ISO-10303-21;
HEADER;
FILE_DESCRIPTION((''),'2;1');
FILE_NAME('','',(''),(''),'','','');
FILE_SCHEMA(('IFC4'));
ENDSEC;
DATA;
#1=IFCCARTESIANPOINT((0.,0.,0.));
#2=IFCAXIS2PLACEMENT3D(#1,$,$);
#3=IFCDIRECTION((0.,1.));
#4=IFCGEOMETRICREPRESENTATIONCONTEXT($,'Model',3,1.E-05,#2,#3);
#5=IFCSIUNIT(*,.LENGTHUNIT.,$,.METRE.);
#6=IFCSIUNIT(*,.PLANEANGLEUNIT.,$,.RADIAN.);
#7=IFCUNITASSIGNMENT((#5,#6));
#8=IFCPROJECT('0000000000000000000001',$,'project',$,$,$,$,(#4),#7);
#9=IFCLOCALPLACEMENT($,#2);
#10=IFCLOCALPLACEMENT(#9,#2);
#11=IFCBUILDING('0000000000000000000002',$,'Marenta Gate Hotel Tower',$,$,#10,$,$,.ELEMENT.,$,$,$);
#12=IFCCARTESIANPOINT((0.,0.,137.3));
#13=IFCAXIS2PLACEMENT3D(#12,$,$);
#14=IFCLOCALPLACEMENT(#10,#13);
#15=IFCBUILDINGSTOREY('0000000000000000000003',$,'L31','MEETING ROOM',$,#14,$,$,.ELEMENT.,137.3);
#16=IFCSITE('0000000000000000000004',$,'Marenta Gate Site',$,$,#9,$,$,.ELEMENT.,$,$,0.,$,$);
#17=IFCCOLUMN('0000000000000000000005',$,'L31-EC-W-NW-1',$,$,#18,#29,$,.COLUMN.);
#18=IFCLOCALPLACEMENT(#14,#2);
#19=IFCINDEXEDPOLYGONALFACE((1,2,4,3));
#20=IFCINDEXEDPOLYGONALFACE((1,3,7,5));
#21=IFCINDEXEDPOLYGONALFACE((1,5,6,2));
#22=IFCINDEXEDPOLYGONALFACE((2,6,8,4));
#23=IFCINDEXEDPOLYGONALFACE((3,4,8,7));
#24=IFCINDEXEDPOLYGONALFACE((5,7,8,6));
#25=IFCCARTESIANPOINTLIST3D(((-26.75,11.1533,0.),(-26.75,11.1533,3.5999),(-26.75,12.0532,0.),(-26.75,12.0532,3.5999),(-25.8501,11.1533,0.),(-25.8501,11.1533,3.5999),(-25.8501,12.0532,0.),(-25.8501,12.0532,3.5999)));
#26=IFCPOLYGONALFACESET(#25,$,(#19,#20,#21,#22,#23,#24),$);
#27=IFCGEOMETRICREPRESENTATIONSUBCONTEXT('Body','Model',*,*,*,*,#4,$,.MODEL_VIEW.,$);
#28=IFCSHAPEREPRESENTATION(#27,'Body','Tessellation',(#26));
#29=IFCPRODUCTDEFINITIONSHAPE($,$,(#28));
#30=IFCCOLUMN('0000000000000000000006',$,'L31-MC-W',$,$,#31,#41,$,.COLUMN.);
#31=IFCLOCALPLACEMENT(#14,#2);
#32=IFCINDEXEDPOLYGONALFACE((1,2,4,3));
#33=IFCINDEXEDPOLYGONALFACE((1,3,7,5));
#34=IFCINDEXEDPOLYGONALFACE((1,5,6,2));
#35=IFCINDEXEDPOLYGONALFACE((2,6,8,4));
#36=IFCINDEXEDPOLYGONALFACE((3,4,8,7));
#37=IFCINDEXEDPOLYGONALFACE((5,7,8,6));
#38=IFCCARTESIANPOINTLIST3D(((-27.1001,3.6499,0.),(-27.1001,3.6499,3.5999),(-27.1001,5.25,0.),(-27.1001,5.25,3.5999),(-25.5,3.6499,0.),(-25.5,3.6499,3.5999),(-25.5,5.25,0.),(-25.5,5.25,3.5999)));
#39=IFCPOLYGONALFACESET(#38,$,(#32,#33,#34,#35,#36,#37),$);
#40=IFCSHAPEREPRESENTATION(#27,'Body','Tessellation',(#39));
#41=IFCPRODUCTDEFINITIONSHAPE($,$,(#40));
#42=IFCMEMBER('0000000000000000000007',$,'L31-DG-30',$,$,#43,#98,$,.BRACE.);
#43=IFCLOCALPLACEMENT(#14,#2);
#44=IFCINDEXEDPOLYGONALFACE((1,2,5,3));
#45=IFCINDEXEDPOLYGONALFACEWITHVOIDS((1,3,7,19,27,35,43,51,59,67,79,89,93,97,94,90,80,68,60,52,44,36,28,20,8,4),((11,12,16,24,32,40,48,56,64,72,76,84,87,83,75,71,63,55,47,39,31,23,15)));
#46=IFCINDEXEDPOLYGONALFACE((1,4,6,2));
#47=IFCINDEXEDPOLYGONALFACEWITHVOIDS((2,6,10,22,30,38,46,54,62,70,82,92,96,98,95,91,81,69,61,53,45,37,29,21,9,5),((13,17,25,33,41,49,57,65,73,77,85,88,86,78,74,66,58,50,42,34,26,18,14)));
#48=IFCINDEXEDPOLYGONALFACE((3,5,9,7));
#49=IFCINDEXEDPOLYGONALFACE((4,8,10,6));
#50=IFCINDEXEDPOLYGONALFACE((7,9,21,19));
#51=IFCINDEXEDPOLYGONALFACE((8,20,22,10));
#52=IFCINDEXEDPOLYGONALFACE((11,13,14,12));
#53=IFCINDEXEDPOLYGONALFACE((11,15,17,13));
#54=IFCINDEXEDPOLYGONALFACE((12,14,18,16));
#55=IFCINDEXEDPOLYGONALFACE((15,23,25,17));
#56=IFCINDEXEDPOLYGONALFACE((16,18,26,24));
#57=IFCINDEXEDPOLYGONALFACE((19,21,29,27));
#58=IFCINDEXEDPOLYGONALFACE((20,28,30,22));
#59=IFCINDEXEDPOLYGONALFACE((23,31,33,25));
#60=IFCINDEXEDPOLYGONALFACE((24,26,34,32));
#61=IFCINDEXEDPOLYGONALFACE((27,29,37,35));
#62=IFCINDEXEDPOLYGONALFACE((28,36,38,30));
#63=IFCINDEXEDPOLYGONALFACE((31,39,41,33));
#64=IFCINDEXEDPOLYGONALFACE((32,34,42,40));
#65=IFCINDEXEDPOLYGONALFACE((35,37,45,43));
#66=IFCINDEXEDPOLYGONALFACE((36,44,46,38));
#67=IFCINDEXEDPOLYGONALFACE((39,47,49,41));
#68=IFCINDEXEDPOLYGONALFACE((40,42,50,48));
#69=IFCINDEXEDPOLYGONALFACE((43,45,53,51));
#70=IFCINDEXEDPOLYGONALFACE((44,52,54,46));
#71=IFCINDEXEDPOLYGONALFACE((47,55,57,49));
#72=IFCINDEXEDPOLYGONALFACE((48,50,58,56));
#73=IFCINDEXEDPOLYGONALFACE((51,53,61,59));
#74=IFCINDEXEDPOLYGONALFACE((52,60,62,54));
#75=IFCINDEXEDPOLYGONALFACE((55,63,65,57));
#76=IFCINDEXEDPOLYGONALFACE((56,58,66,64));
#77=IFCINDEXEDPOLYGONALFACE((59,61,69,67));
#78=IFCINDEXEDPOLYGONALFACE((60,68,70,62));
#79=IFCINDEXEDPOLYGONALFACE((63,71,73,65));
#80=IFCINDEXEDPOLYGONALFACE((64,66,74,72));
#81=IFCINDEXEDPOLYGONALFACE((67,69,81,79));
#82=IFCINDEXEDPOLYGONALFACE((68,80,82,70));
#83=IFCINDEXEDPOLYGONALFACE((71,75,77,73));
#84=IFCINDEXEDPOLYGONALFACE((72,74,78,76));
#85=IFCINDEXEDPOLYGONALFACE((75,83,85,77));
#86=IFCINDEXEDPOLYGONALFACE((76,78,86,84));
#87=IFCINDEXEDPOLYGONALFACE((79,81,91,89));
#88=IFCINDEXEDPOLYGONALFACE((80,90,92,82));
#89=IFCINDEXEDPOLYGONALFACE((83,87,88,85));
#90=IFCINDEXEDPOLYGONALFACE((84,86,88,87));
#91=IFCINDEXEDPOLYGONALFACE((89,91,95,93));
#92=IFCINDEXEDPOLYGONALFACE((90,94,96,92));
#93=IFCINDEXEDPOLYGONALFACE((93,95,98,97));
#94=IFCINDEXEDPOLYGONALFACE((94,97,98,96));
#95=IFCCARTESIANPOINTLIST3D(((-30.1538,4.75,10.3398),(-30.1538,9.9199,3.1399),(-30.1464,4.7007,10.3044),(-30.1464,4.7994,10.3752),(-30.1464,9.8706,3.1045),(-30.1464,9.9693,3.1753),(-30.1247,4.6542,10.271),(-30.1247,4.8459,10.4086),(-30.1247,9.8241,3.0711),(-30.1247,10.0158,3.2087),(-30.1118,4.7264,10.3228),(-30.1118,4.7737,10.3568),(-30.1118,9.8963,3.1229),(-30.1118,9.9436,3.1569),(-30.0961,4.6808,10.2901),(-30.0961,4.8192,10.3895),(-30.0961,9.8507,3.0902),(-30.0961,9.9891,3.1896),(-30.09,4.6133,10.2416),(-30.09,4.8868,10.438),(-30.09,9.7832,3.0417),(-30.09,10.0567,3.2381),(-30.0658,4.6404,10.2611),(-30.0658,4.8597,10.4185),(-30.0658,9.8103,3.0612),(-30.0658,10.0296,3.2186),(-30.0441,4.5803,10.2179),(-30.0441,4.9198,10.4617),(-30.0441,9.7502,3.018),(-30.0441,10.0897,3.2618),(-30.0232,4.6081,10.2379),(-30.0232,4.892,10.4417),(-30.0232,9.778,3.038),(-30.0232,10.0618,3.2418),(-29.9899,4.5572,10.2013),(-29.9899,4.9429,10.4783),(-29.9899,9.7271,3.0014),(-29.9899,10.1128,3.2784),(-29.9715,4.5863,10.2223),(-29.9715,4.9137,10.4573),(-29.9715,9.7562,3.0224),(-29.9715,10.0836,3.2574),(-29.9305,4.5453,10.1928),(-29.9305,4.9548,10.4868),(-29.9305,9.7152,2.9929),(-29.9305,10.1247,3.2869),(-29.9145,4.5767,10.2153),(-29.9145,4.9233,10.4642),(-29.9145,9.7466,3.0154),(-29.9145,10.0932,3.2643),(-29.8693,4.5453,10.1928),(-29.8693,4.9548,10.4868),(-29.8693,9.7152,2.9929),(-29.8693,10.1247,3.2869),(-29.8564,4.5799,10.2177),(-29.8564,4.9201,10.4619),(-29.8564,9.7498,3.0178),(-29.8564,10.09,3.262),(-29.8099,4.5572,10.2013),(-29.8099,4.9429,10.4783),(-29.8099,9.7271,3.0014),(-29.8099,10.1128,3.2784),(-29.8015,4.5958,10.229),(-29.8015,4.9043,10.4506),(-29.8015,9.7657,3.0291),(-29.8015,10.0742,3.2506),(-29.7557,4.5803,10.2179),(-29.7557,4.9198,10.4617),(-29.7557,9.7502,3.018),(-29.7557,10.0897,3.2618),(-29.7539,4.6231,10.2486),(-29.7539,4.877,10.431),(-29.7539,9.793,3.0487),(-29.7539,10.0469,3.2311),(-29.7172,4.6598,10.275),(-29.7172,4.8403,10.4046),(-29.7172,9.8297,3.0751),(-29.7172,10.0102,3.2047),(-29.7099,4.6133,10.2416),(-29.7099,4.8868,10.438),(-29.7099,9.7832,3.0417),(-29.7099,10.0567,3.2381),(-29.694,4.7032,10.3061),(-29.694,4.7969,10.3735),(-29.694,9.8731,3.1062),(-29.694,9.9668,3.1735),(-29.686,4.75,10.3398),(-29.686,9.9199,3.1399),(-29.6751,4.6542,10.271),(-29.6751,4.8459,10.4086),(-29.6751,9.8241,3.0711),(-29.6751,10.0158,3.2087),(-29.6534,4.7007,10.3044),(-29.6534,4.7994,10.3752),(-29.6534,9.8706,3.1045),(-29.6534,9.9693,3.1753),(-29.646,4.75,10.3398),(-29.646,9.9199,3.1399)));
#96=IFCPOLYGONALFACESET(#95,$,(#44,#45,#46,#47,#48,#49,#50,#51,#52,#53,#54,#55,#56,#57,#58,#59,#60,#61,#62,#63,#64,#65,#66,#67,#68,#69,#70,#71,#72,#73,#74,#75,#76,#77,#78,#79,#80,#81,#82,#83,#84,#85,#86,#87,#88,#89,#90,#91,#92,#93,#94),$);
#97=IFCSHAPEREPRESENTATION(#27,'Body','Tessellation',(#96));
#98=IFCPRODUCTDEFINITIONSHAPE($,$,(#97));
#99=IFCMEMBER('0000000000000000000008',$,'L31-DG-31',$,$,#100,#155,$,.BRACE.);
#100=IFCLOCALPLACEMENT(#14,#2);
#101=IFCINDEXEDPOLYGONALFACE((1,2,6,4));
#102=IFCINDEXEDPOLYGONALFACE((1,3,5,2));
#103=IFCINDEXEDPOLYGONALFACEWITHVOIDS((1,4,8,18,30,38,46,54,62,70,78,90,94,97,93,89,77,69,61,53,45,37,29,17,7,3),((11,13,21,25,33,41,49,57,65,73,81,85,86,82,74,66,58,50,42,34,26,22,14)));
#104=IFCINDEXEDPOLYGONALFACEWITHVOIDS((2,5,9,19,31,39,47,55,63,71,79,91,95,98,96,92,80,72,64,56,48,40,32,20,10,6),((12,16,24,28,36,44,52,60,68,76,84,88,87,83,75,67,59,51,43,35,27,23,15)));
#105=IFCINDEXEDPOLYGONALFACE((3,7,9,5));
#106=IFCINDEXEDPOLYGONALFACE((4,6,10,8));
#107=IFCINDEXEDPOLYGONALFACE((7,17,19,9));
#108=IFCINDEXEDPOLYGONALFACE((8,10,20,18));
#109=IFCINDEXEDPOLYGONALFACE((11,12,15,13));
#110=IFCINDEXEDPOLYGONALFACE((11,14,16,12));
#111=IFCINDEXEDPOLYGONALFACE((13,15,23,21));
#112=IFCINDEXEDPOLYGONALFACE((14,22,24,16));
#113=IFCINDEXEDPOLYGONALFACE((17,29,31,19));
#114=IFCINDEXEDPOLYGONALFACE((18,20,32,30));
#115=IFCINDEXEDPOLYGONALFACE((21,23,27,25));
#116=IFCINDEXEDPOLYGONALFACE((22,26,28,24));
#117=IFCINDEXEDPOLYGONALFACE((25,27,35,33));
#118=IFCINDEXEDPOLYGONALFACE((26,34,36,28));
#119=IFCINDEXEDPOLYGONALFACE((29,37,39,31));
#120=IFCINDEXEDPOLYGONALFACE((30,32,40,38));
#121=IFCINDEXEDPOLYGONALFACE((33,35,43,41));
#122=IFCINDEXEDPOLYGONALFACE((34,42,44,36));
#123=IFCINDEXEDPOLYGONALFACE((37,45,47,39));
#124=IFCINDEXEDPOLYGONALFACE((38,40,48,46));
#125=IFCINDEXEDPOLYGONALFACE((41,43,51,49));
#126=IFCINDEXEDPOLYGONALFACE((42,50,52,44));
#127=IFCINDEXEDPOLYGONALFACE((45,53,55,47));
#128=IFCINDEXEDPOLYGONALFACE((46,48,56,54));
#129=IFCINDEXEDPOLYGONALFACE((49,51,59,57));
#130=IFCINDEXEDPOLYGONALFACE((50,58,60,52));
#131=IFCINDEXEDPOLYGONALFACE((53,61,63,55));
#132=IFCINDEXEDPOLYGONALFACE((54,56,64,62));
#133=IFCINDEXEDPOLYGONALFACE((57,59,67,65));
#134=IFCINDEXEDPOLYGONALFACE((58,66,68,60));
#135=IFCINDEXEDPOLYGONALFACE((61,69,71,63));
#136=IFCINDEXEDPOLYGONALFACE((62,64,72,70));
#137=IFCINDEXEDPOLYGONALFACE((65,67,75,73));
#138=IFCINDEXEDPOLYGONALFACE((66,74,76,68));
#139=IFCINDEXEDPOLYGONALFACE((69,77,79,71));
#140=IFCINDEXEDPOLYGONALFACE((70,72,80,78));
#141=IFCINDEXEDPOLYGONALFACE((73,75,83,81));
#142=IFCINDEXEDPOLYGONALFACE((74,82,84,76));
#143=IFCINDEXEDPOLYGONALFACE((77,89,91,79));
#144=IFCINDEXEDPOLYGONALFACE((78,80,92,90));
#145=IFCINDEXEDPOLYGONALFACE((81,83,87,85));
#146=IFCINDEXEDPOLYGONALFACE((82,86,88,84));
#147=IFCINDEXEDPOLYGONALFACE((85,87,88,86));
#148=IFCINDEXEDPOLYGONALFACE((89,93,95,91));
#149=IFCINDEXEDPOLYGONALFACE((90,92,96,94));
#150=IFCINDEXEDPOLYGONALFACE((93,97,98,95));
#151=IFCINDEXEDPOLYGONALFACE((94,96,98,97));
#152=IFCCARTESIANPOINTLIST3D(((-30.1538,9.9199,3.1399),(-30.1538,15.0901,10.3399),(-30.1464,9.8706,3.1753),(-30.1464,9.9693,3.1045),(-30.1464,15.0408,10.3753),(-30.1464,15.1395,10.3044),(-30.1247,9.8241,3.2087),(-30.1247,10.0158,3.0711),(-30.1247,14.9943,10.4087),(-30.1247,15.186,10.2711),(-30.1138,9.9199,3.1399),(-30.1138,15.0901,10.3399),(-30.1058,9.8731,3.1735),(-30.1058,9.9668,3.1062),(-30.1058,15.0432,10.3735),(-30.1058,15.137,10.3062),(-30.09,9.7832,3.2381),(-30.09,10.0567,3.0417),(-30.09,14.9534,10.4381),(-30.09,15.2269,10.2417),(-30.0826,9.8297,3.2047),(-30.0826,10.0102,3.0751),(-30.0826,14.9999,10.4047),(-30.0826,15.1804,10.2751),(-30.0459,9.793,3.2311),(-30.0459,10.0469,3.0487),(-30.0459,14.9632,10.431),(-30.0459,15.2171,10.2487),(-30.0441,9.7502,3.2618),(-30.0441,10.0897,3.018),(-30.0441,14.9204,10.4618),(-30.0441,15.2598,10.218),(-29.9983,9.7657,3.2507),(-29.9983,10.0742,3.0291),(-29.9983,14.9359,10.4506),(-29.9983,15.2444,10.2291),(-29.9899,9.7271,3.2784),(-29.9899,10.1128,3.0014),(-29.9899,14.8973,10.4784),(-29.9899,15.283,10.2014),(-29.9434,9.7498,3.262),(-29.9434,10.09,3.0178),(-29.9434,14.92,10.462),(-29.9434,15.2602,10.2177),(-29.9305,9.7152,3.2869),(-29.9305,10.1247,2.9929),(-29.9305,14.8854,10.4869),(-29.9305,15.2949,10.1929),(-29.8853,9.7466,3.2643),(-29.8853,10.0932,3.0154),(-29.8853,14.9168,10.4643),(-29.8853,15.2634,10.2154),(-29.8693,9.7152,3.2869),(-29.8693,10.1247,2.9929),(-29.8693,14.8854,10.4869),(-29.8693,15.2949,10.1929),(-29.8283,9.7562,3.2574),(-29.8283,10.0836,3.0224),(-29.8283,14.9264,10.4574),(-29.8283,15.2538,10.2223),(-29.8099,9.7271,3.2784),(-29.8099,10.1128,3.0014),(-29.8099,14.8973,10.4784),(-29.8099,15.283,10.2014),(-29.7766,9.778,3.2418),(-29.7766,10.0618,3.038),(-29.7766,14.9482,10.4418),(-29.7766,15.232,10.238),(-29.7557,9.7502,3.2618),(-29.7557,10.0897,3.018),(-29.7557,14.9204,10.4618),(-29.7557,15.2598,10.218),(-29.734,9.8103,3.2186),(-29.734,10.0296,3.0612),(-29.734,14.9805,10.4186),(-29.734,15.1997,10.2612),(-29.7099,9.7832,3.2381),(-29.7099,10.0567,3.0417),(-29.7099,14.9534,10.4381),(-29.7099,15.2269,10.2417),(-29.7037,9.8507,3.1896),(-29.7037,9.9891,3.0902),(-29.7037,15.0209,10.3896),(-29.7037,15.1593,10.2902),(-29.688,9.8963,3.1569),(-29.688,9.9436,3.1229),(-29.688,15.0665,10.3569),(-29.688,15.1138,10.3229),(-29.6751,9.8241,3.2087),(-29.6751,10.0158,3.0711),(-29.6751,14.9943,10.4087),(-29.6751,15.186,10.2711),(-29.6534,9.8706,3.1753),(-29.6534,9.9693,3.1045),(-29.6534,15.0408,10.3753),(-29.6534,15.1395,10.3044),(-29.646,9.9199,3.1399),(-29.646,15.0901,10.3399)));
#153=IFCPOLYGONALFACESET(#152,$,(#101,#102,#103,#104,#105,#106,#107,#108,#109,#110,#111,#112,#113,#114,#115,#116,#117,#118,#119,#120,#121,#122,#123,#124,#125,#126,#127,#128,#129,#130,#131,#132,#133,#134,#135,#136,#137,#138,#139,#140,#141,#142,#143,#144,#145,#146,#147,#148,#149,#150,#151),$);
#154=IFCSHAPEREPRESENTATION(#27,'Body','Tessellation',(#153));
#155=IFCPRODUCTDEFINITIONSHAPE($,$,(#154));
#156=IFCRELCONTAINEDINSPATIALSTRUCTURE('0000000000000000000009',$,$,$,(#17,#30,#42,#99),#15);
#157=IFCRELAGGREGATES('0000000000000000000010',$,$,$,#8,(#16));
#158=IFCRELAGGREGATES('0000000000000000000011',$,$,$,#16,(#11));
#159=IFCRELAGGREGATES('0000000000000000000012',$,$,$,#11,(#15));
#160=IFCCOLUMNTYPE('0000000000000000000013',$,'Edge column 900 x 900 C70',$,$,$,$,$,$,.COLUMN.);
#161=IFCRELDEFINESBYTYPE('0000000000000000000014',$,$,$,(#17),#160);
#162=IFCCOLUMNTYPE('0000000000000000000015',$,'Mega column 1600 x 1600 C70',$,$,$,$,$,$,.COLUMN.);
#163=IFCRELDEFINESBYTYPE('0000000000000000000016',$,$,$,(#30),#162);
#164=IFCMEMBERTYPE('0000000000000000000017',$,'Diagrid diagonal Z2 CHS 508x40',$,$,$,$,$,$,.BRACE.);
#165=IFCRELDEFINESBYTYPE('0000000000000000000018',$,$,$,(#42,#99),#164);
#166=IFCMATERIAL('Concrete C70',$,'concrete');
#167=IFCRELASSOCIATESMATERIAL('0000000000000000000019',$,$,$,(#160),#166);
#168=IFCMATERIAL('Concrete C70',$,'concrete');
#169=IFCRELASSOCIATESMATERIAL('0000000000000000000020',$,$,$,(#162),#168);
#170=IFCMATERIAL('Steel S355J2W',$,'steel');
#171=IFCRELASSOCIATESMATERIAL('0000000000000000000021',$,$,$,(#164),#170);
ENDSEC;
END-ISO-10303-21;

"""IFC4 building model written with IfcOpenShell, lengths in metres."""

from ifc_helpers import new_model, si_unit, direction, frame, origin, origin_2d, place, context, subcontext, project, spatial, rectangle, hollow_circle, extrude, material, material_profile, profile_set, type_object, element, save


model = new_model("IFC4")

# Units and contexts
model_context = context("Model", 3, precision=1e-05, world=origin(), true_north=direction((0.0, 1.0)))
body_context = subcontext(model_context, "Body", "Model", "MODEL_VIEW")
ifc_project = project(units=[si_unit("LENGTHUNIT", "METRE"), si_unit("PLANEANGLEUNIT", "RADIAN")], contexts=[model_context])

# Site, building, storey
site_placement = place(None, origin())
site = spatial("IfcSite", under=ifc_project, at=site_placement, Name="Marenta Gate Site", CompositionType="ELEMENT", RefElevation=0.0)
building_placement = place(site_placement, origin())
building = spatial("IfcBuilding", under=site, at=building_placement, Name="Marenta Gate Hotel Tower", CompositionType="ELEMENT")
storey_placement = place(building_placement, frame((0.0, 0.0, 137.3)))
storey = spatial("IfcBuildingStorey", under=building, at=storey_placement, Name="L31", Description="MEETING ROOM", CompositionType="ELEMENT", Elevation=137.3)

# Columns
ifc_material_1 = material(Name="Concrete C70", Category="concrete")
ifc_material_profile_1 = material_profile(ifc_material_1, rectangle(XDim=0.8999, YDim=0.8999, at=origin_2d()), Name="900 x 900")
ifc_profile_set_1 = profile_set([ifc_material_profile_1], Name="Concrete C70")
column_type_1 = type_object("IfcColumnType", Name="Edge column 900 x 900 C70", PredefinedType="COLUMN", material=ifc_profile_set_1)
column_1_placement = place(storey_placement, frame((-26.3, 11.6033, 0.0), z_axis=(0.0, 0.0, 1.0), x_axis=(1.0, 0.0, 0.0)))
element("IfcColumn", 1, at=column_1_placement, inside=storey, type_object=column_type_1, Name="L31-EC-W-NW-1", PredefinedType="COLUMN", context=body_context, shape_type="SweptSolid", body=[
    extrude(rectangle(XDim=0.8999, YDim=0.8999, at=origin_2d()), origin(), (0.0, 0.0, 1.0), 3.5999),
])
ifc_material_2 = material(Name="Concrete C70", Category="concrete")
ifc_material_profile_2 = material_profile(ifc_material_2, rectangle(XDim=1.6001, YDim=1.6001, at=origin_2d()), Name="1600 x 1600")
ifc_profile_set_2 = profile_set([ifc_material_profile_2], Name="Concrete C70")
column_type_2 = type_object("IfcColumnType", Name="Mega column 1600 x 1600 C70", PredefinedType="COLUMN", material=ifc_profile_set_2)
column_2_placement = place(storey_placement, frame((-26.3, 4.45, 0.0), z_axis=(0.0, 0.0, 1.0), x_axis=(1.0, 0.0, 0.0)))
element("IfcColumn", 2, at=column_2_placement, inside=storey, type_object=column_type_2, Name="L31-MC-W", PredefinedType="COLUMN", context=body_context, shape_type="SweptSolid", body=[
    extrude(rectangle(XDim=1.6001, YDim=1.6001, at=origin_2d()), origin(), (0.0, 0.0, 1.0), 3.5999),
])

# Members
ifc_material_3 = material(Name="Steel S355J2W", Category="steel")
ifc_material_profile_3 = material_profile(ifc_material_3, hollow_circle(Radius=0.2539, WallThickness=0.04, at=origin_2d()), Name="CHS 508x40")
ifc_profile_set_3 = profile_set([ifc_material_profile_3], Name="Steel S355J2W")
member_type_1 = type_object("IfcMemberType", Name="Diagrid diagonal Z2 CHS 508x40", PredefinedType="BRACE", material=ifc_profile_set_3)
member_1_placement = place(storey_placement, frame((-29.8999, 9.9199, 3.1399), z_axis=(0.0, -0.583261, 0.812285), x_axis=(1.0, 0.0, 0.0)))
element("IfcMember", 3, at=member_1_placement, inside=storey, type_object=member_type_1, Name="L31-DG-30", PredefinedType="BRACE", context=body_context, shape_type="SweptSolid", body=[
    extrude(hollow_circle(Radius=0.2539, WallThickness=0.04, at=origin_2d()), origin(), (0.0, 0.0, 1.0), 8.8638),
])
member_2_placement = place(storey_placement, frame((-29.8999, 9.9199, 3.1399), z_axis=(0.0, 0.583279, 0.812272), x_axis=(-1.0, 0.0, 0.0)))
element("IfcMember", 4, at=member_2_placement, inside=storey, type_object=member_type_1, Name="L31-DG-31", PredefinedType="BRACE", context=body_context, shape_type="SweptSolid", body=[
    extrude(hollow_circle(Radius=0.2539, WallThickness=0.04, at=origin_2d()), origin(), (0.0, 0.0, 1.0), 8.864),
])

save(model, "model.ifc")
